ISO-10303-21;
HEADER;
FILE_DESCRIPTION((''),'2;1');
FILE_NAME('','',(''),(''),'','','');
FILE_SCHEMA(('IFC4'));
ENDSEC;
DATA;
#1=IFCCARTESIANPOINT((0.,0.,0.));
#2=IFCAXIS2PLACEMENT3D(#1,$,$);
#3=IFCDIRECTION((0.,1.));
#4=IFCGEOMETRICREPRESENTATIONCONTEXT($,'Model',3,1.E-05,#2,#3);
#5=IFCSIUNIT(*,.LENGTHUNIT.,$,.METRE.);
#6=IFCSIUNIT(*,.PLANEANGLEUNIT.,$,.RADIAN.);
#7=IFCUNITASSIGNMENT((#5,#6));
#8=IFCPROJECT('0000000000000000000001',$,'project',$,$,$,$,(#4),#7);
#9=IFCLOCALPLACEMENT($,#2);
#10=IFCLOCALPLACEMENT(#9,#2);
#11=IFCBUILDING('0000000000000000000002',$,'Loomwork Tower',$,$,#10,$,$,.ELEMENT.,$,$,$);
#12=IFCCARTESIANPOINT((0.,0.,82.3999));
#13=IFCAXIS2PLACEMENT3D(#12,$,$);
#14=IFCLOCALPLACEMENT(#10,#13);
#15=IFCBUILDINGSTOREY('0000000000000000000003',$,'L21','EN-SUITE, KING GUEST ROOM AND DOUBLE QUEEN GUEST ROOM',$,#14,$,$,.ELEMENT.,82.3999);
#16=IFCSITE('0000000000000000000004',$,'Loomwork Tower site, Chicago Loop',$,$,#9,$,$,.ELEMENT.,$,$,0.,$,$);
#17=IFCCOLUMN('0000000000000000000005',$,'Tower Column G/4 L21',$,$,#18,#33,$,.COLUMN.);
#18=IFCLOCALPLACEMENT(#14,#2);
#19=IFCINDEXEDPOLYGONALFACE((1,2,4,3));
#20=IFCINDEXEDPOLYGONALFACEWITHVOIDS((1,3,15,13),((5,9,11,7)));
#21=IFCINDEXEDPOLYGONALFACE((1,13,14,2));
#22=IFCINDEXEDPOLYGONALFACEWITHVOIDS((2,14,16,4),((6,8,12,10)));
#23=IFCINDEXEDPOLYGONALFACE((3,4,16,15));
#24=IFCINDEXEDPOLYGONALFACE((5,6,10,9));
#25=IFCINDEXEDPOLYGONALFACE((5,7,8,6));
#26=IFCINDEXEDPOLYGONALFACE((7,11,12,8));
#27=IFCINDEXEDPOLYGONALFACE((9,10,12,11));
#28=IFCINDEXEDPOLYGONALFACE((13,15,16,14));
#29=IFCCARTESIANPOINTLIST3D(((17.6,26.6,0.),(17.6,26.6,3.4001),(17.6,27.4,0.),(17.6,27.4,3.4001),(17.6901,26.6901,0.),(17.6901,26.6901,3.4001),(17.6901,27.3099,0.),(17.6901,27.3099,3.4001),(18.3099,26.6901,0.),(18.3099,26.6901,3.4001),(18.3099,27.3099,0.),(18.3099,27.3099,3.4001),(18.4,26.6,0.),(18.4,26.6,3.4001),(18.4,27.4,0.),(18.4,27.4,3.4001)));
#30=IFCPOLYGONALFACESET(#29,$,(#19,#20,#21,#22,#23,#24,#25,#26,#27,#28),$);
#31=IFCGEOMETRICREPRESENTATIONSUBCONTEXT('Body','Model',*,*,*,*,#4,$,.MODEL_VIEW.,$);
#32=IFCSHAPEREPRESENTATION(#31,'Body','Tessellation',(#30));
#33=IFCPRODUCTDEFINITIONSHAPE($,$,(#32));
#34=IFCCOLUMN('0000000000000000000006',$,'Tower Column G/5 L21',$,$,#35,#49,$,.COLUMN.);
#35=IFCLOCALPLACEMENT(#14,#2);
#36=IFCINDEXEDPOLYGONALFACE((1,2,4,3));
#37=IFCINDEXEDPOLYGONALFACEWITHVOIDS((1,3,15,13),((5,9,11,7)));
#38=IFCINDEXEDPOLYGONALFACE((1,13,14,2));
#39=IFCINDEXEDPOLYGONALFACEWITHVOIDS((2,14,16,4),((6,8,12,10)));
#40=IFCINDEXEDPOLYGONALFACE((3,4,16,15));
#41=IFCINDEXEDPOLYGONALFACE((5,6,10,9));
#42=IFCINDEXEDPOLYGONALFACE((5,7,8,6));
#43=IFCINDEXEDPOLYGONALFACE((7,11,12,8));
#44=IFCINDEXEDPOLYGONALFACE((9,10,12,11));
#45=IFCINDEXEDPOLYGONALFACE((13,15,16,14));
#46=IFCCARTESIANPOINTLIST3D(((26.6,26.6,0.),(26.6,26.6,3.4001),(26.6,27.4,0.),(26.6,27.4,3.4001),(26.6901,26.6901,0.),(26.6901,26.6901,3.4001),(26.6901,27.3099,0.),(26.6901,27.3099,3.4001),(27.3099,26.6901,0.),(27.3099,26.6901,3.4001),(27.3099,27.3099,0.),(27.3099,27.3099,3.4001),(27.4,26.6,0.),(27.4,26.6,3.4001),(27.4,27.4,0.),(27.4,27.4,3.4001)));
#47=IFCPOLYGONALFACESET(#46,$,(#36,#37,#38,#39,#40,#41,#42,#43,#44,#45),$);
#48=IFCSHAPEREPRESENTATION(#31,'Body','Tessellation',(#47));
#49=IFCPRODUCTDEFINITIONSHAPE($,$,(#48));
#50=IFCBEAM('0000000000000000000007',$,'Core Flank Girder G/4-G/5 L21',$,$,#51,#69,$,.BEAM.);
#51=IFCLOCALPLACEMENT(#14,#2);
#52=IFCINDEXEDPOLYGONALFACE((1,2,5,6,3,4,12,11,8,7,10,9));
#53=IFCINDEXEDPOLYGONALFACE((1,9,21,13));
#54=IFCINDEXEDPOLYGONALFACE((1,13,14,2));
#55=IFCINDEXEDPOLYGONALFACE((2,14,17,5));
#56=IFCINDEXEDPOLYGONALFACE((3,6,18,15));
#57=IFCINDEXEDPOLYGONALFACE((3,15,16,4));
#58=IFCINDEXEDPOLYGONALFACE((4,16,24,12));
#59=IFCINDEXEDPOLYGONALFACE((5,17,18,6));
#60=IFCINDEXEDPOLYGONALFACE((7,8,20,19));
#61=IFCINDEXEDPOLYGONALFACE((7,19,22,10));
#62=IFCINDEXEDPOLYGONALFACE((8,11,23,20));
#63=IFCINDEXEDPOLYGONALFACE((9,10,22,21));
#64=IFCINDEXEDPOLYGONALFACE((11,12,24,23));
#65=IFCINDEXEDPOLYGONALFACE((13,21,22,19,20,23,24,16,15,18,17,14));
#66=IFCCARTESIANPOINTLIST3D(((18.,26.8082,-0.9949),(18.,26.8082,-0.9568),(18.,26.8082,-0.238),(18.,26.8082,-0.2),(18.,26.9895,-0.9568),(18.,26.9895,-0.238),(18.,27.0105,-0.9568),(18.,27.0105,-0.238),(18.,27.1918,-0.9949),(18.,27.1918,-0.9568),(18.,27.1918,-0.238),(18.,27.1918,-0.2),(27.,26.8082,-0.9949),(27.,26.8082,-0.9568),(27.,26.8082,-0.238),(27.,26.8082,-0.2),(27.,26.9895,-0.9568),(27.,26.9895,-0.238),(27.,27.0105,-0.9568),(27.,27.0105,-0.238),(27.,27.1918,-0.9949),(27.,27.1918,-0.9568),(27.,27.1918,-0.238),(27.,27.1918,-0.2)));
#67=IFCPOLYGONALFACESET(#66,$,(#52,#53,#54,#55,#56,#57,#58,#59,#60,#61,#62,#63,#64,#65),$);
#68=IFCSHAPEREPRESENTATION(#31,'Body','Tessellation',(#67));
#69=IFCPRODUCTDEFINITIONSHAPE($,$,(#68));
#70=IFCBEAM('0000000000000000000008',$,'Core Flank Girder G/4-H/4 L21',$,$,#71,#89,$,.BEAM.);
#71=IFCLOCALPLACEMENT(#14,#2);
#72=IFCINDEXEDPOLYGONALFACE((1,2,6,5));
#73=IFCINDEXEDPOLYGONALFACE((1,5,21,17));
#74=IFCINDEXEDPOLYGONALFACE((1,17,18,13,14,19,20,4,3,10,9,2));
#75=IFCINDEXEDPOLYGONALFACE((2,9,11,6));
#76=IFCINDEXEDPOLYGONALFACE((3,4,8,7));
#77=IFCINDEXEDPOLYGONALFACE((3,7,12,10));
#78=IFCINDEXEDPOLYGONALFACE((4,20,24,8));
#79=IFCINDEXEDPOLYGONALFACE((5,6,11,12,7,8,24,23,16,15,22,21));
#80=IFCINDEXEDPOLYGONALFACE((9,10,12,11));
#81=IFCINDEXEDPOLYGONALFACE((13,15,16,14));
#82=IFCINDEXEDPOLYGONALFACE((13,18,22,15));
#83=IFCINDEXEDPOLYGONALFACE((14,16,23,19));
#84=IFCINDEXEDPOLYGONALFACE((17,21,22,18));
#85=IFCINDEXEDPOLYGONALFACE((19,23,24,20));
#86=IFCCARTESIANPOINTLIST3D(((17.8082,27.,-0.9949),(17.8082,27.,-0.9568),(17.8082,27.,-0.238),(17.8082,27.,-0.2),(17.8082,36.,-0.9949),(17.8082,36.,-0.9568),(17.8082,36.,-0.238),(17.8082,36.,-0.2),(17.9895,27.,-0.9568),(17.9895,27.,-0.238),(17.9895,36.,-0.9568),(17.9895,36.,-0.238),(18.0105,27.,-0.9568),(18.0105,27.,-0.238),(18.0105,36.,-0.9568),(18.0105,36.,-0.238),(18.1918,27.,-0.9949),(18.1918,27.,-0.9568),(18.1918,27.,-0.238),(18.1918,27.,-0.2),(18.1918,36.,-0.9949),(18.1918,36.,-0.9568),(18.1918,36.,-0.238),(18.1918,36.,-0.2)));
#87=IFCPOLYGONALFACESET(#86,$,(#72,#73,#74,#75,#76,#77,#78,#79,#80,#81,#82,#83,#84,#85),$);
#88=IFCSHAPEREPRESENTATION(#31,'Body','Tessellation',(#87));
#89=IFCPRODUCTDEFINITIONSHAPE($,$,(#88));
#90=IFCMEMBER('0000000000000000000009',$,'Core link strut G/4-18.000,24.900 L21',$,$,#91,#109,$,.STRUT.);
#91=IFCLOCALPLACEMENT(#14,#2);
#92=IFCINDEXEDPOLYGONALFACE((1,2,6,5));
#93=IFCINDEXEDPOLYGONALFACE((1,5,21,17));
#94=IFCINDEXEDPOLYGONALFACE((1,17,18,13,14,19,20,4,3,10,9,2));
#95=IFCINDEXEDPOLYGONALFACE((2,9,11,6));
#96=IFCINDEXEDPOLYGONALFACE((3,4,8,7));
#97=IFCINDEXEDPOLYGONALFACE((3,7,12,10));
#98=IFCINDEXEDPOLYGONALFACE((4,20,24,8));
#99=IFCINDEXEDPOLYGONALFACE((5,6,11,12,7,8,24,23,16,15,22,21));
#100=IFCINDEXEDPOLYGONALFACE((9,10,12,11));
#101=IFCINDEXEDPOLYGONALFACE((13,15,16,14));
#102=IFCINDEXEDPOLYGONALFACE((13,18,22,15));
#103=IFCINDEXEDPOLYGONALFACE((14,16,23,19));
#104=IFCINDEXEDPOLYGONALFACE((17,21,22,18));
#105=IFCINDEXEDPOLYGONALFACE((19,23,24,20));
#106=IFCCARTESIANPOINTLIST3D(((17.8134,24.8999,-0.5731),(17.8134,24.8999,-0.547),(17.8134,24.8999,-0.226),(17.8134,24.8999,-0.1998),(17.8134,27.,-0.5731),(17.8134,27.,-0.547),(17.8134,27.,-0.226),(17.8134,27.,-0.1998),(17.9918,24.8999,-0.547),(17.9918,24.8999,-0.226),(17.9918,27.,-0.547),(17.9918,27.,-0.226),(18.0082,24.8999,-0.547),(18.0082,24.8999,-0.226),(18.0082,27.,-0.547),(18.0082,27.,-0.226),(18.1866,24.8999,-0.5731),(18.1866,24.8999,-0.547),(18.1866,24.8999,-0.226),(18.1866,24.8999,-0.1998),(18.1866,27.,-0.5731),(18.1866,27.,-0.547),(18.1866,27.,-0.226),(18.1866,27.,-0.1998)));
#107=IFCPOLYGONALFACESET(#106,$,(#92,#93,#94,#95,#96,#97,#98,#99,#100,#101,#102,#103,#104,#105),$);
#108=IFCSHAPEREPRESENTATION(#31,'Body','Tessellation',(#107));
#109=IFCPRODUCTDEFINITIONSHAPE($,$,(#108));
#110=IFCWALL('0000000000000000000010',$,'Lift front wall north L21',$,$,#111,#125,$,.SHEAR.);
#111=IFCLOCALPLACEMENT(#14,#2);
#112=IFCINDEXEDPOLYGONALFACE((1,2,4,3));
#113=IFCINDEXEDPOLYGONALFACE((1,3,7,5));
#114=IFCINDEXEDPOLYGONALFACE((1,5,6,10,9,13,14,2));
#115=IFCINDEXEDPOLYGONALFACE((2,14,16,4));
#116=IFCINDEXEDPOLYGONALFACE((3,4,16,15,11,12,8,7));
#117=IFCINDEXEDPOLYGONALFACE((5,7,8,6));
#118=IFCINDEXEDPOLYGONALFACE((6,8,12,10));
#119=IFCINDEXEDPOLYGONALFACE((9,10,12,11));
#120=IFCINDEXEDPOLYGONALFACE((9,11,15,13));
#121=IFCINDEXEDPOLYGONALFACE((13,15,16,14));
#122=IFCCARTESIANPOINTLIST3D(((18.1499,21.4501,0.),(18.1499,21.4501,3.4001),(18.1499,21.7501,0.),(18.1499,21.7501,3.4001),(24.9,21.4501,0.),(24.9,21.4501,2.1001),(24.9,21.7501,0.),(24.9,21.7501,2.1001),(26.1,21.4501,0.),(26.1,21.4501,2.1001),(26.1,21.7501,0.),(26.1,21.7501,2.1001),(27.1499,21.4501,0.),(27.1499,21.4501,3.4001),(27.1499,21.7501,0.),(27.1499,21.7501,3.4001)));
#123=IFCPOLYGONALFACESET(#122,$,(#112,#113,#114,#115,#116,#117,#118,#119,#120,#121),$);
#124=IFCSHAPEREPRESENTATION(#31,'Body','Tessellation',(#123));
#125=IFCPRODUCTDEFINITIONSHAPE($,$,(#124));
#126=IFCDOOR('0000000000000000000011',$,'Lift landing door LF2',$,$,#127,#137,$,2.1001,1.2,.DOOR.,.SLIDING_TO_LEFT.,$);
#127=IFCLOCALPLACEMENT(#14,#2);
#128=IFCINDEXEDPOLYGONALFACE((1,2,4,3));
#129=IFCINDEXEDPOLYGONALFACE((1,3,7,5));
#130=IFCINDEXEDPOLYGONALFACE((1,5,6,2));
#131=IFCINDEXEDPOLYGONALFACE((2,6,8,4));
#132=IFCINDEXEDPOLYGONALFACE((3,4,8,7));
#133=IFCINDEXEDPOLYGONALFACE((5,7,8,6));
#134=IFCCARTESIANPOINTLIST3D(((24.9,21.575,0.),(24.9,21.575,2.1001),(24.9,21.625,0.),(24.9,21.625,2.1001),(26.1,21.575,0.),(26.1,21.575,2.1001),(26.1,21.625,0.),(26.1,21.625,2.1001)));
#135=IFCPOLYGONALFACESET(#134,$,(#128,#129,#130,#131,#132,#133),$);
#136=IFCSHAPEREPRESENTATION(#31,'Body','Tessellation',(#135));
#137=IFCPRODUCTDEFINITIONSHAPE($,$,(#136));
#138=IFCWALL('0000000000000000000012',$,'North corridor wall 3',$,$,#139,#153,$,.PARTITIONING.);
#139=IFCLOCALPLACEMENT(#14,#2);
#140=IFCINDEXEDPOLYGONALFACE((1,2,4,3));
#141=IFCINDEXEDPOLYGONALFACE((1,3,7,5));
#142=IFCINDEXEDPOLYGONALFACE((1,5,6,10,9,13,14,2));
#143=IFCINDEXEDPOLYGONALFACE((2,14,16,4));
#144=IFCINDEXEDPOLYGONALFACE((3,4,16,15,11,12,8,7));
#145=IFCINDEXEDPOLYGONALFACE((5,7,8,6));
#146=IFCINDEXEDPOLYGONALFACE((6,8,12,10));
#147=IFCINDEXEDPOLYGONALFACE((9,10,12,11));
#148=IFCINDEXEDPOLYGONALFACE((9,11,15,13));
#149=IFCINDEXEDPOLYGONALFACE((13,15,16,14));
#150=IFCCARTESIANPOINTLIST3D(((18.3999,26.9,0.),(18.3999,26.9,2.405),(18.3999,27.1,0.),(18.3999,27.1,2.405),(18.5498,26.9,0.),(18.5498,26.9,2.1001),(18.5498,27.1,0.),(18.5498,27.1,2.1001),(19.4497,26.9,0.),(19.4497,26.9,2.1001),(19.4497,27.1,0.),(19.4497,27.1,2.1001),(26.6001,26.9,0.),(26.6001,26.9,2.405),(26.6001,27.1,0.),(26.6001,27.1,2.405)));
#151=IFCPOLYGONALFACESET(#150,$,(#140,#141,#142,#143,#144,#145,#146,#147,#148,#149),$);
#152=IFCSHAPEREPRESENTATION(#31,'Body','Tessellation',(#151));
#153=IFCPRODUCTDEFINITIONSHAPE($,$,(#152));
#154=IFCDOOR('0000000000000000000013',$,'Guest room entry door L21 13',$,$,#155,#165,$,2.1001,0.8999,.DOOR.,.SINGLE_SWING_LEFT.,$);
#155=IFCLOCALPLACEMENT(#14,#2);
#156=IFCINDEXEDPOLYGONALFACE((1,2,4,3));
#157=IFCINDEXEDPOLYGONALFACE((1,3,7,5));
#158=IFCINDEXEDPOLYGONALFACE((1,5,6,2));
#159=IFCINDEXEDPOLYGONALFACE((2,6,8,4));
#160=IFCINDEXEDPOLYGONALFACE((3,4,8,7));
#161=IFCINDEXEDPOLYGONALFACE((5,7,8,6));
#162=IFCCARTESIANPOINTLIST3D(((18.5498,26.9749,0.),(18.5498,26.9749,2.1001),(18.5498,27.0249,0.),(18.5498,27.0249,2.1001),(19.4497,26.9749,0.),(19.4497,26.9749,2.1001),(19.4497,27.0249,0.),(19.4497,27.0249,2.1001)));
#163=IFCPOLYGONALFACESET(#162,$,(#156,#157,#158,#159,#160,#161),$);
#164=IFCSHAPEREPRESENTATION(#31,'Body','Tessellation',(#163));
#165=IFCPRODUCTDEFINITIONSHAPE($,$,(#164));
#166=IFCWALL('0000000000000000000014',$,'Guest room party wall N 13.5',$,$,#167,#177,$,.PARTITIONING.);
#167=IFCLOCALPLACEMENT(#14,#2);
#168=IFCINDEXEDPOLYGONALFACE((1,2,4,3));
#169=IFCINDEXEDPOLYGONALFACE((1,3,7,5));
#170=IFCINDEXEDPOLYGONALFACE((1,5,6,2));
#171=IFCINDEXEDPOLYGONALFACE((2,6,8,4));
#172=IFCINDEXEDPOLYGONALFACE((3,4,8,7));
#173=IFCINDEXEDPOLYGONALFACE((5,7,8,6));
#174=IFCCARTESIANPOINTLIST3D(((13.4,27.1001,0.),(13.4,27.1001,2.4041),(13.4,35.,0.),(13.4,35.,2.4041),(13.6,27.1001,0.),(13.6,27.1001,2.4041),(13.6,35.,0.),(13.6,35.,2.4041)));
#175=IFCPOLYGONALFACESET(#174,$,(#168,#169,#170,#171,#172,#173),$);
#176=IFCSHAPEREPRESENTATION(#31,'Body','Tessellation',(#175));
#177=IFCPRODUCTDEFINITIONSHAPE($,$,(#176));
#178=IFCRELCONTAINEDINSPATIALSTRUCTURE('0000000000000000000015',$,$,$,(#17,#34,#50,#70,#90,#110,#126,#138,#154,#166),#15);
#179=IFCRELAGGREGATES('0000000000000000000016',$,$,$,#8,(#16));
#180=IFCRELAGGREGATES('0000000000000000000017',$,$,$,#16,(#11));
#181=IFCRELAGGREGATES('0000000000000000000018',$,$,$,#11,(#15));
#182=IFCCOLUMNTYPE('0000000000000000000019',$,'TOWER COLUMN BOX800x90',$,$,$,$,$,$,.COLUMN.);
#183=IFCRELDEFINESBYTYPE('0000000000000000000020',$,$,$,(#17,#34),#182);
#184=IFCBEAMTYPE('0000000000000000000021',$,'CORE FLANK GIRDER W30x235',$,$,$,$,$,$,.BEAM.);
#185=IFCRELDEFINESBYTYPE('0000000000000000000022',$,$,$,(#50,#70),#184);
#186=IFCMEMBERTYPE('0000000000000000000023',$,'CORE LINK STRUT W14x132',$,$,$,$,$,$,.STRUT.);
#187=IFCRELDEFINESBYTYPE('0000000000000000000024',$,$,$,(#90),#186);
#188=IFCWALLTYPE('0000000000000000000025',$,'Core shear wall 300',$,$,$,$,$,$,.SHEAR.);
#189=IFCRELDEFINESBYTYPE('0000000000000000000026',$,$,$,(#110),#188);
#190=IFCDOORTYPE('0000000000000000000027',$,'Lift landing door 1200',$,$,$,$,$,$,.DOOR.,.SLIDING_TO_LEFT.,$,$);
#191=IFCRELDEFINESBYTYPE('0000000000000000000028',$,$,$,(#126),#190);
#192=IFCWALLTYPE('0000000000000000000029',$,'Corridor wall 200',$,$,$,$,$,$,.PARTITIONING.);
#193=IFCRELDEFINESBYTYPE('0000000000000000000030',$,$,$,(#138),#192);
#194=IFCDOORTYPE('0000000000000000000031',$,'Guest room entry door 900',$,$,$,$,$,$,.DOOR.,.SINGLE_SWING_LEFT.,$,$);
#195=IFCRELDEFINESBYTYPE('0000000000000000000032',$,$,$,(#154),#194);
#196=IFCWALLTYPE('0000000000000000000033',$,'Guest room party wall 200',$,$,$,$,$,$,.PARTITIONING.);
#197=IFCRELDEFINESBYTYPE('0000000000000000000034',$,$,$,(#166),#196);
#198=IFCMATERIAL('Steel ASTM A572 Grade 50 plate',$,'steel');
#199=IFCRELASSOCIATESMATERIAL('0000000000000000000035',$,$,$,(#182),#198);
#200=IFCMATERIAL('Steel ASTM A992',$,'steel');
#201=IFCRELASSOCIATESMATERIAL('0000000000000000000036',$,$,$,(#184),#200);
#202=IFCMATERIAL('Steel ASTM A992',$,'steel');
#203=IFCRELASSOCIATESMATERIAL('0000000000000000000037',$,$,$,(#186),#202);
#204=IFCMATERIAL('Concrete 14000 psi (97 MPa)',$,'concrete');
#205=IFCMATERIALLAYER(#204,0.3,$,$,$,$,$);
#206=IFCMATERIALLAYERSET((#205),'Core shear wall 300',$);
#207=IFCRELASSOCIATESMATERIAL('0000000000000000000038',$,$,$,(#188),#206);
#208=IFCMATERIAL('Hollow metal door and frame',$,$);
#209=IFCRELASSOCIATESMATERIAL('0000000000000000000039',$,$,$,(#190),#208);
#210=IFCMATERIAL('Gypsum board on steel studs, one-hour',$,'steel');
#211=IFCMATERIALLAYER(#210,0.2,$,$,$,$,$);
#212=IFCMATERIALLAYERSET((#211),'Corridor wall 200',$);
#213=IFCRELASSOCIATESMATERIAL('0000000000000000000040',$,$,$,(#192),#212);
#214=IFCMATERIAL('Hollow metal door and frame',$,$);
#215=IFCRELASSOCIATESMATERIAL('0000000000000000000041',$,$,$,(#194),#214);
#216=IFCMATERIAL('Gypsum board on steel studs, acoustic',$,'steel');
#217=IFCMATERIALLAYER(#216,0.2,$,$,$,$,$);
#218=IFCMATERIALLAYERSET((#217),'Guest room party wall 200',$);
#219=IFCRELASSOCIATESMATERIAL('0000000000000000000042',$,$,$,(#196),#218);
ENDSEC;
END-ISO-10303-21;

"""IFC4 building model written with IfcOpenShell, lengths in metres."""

from ifc_helpers import new_model, si_unit, direction, frame, frame_2d, origin, origin_2d, place, context, subcontext, project, spatial, rectangle, hollow_rectangle, i_section, extrude, material, layer, layer_set, material_profile, profile_set, type_object, element, fill, save


model = new_model("IFC4")

# Units and contexts
model_context = context("Model", 3, precision=1e-05, world=origin(), true_north=direction((0.0, 1.0)))
body_context = subcontext(model_context, "Body", "Model", "MODEL_VIEW")
ifc_project = project(units=[si_unit("LENGTHUNIT", "METRE"), si_unit("PLANEANGLEUNIT", "RADIAN")], contexts=[model_context])

# Site, building, storey
site_placement = place(None, origin())
site = spatial("IfcSite", under=ifc_project, at=site_placement, Name="Loomwork Tower site, Chicago Loop", CompositionType="ELEMENT", RefElevation=0.0)
building_placement = place(site_placement, origin())
building = spatial("IfcBuilding", under=site, at=building_placement, Name="Loomwork Tower", CompositionType="ELEMENT")
storey_placement = place(building_placement, frame((0.0, 0.0, 82.3999)))
storey = spatial("IfcBuildingStorey", under=building, at=storey_placement, Name="L21", Description="EN-SUITE, KING GUEST ROOM AND DOUBLE QUEEN GUEST ROOM", CompositionType="ELEMENT", Elevation=82.3999)

# Columns
ifc_material_1 = material(Name="Steel ASTM A572 Grade 50 plate", Category="steel")
ifc_material_profile_1 = material_profile(ifc_material_1, hollow_rectangle(XDim=0.8, YDim=0.8, WallThickness=0.0901, at=origin_2d()), Name="BOX800x90")
ifc_profile_set_1 = profile_set([ifc_material_profile_1], Name="Steel ASTM A572 Grade 50 plate")
column_type = type_object("IfcColumnType", Name="TOWER COLUMN BOX800x90", PredefinedType="COLUMN", material=ifc_profile_set_1)
for number, where, z_axis, x_axis, name in (
    (1, (18.0, 27.0, 0.0), (0.0, 0.0, 1.0), (1.0, 0.0, 0.0), "Tower Column G/4 L21"),
    (2, (27.0, 27.0, 0.0), (0.0, 0.0, 1.0), (1.0, 0.0, 0.0), "Tower Column G/5 L21"),
):
    element("IfcColumn", number, at=place(storey_placement, frame(where, z_axis=z_axis, x_axis=x_axis)), inside=storey, type_object=column_type, Name=name, PredefinedType="COLUMN", context=body_context, shape_type="SweptSolid", body=[
        extrude(hollow_rectangle(XDim=0.8, YDim=0.8, WallThickness=0.0901, at=origin_2d()), origin(), (0.0, 0.0, 1.0), 3.4001),
    ])

# Beams
ifc_material_2 = material(Name="Steel ASTM A992", Category="steel")
ifc_material_profile_2 = material_profile(ifc_material_2, i_section(OverallWidth=0.3835, OverallDepth=0.7949, WebThickness=0.021, FlangeThickness=0.0381, at=origin_2d()), Name="W30x235")
ifc_profile_set_2 = profile_set([ifc_material_profile_2], Name="Steel ASTM A992")
beam_type = type_object("IfcBeamType", Name="CORE FLANK GIRDER W30x235", PredefinedType="BEAM", material=ifc_profile_set_2)
for number, where, z_axis, x_axis, name in (
    (3, (18.0, 27.0, -0.5974), (1.0, 0.0, 0.0), (0.0, 1.0, 0.0), "Core Flank Girder G/4-G/5 L21"),
    (4, (18.0, 27.0, -0.5974), (0.0, 1.0, 0.0), (-1.0, 0.0, 0.0), "Core Flank Girder G/4-H/4 L21"),
):
    element("IfcBeam", number, at=place(storey_placement, frame(where, z_axis=z_axis, x_axis=x_axis)), inside=storey, type_object=beam_type, Name=name, PredefinedType="BEAM", context=body_context, shape_type="SweptSolid", body=[
        extrude(i_section(OverallWidth=0.3835, OverallDepth=0.7949, WebThickness=0.021, FlangeThickness=0.0381, at=origin_2d()), origin(), (0.0, 0.0, 1.0), 9.0),
    ])

# Member
ifc_material_3 = material(Name="Steel ASTM A992", Category="steel")
ifc_material_profile_3 = material_profile(ifc_material_3, i_section(OverallWidth=0.3733, OverallDepth=0.3733, WebThickness=0.0164, FlangeThickness=0.0261, at=origin_2d()), Name="W14x132")
ifc_profile_set_3 = profile_set([ifc_material_profile_3], Name="Steel ASTM A992")
member_type = type_object("IfcMemberType", Name="CORE LINK STRUT W14x132", PredefinedType="STRUT", material=ifc_profile_set_3)
member_placement = place(storey_placement, frame((18.0, 27.0, -0.3865), z_axis=(0.0, -1.0, 0.0), x_axis=(1.0, 0.0, 0.0)))
element("IfcMember", 5, at=member_placement, inside=storey, type_object=member_type, Name="Core link strut G/4-18.000,24.900 L21", PredefinedType="STRUT", context=body_context, shape_type="SweptSolid", body=[
    extrude(i_section(OverallWidth=0.3733, OverallDepth=0.3733, WebThickness=0.0164, FlangeThickness=0.0261, at=origin_2d()), origin(), (0.0, 0.0, 1.0), 2.1001),
])

# Walls, openings, doors
ifc_material_4 = material(Name="Concrete 14000 psi (97 MPa)", Category="concrete")
ifc_layer_1 = layer(ifc_material_4, 0.3)
ifc_layer_set_1 = layer_set([ifc_layer_1], Name="Core shear wall 300")
wall_type_1 = type_object("IfcWallType", Name="Core shear wall 300", PredefinedType="SHEAR", material=ifc_layer_set_1)
wall_1_placement = place(storey_placement, frame((18.1499, 21.6001, 0.0), z_axis=(0.0, 0.0, 1.0), x_axis=(1.0, 0.0, 0.0)))
wall_1 = element("IfcWall", 6, at=wall_1_placement, inside=storey, type_object=wall_type_1, Name="Lift front wall north L21", PredefinedType="SHEAR", context=body_context, shape_type="SweptSolid", body=[
    extrude(rectangle(XDim=9.0, YDim=0.3, at=frame_2d((4.5, 0.0))), origin(), (0.0, 0.0, 1.0), 3.4001),
])
opening_1_placement = place(wall_1_placement, frame((6.75, 0.0, 0.0)))
opening_1 = element("IfcOpeningElement", 7, at=opening_1_placement, cuts=wall_1, PredefinedType="OPENING", context=body_context, shape_type="SweptSolid", body=[
    extrude(rectangle(XDim=1.2, YDim=2.1001, at=frame_2d((0.6001, 1.05))), frame((0.0, 0.1599, 0.0), z_axis=(0.0, -1.0, 0.0), x_axis=(1.0, 0.0, 0.0)), (0.0, 0.0, 1.0), 0.3201),
])
ifc_material_5 = material(Name="Hollow metal door and frame")
door_type_1 = type_object("IfcDoorType", Name="Lift landing door 1200", OperationType="SLIDING_TO_LEFT", PredefinedType="DOOR", material=ifc_material_5)
door_1_placement = place(opening_1_placement, origin())
door_1 = element("IfcDoor", 8, at=door_1_placement, inside=storey, type_object=door_type_1, Name="Lift landing door LF2", OperationType="SLIDING_TO_LEFT", OverallHeight=2.1001, OverallWidth=1.2, PredefinedType="DOOR", context=body_context, shape_type="SweptSolid", body=[
    extrude(rectangle(XDim=1.2, YDim=2.1001, at=frame_2d((0.6001, 1.05))), frame((0.0, 0.0249, 0.0), z_axis=(0.0, -1.0, 0.0), x_axis=(1.0, 0.0, 0.0)), (0.0, 0.0, 1.0), 0.05),
])
fill(opening_1, door_1)
ifc_material_6 = material(Name="Gypsum board on steel studs, one-hour", Category="steel")
ifc_layer_2 = layer(ifc_material_6, 0.2)
ifc_layer_set_2 = layer_set([ifc_layer_2], Name="Corridor wall 200")
wall_type_2 = type_object("IfcWallType", Name="Corridor wall 200", PredefinedType="PARTITIONING", material=ifc_layer_set_2)
wall_2_placement = place(storey_placement, frame((18.3999, 27.0, 0.0), z_axis=(0.0, 0.0, 1.0), x_axis=(1.0, 0.0, 0.0)))
wall_2 = element("IfcWall", 9, at=wall_2_placement, inside=storey, type_object=wall_type_2, Name="North corridor wall 3", PredefinedType="PARTITIONING", context=body_context, shape_type="SweptSolid", body=[
    extrude(rectangle(XDim=8.2002, YDim=0.2, at=frame_2d((4.1001, 0.0))), origin(), (0.0, 0.0, 1.0), 2.405),
])
opening_2_placement = place(wall_2_placement, frame((0.1499, 0.0, 0.0)))
opening_2 = element("IfcOpeningElement", 10, at=opening_2_placement, cuts=wall_2, PredefinedType="OPENING", context=body_context, shape_type="SweptSolid", body=[
    extrude(rectangle(XDim=0.8999, YDim=2.1001, at=frame_2d((0.45, 1.05))), frame((0.0, 0.1099, 0.0), z_axis=(0.0, -1.0, 0.0), x_axis=(1.0, 0.0, 0.0)), (0.0, 0.0, 1.0), 0.22),
])
ifc_material_7 = material(Name="Hollow metal door and frame")
door_type_2 = type_object("IfcDoorType", Name="Guest room entry door 900", OperationType="SINGLE_SWING_LEFT", PredefinedType="DOOR", material=ifc_material_7)
door_2_placement = place(opening_2_placement, origin())
door_2 = element("IfcDoor", 11, at=door_2_placement, inside=storey, type_object=door_type_2, Name="Guest room entry door L21 13", OperationType="SINGLE_SWING_LEFT", OverallHeight=2.1001, OverallWidth=0.8999, PredefinedType="DOOR", context=body_context, shape_type="SweptSolid", body=[
    extrude(rectangle(XDim=0.8999, YDim=2.1001, at=frame_2d((0.45, 1.05))), frame((0.0, 0.0249, 0.0), z_axis=(0.0, -1.0, 0.0), x_axis=(1.0, 0.0, 0.0)), (0.0, 0.0, 1.0), 0.05),
])
fill(opening_2, door_2)

# Wall
ifc_material_8 = material(Name="Gypsum board on steel studs, acoustic", Category="steel")
ifc_layer_3 = layer(ifc_material_8, 0.2)
ifc_layer_set_3 = layer_set([ifc_layer_3], Name="Guest room party wall 200")
wall_type_3 = type_object("IfcWallType", Name="Guest room party wall 200", PredefinedType="PARTITIONING", material=ifc_layer_set_3)
wall_3_placement = place(storey_placement, frame((13.5, 27.1001, 0.0), z_axis=(0.0, 0.0, 1.0), x_axis=(0.0, 1.0, 0.0)))
element("IfcWall", 12, at=wall_3_placement, inside=storey, type_object=wall_type_3, Name="Guest room party wall N 13.5", PredefinedType="PARTITIONING", context=body_context, shape_type="SweptSolid", body=[
    extrude(rectangle(XDim=7.8999, YDim=0.2, at=frame_2d((3.95, 0.0))), origin(), (0.0, 0.0, 1.0), 2.4041),
])

save(model, "model.ifc")
